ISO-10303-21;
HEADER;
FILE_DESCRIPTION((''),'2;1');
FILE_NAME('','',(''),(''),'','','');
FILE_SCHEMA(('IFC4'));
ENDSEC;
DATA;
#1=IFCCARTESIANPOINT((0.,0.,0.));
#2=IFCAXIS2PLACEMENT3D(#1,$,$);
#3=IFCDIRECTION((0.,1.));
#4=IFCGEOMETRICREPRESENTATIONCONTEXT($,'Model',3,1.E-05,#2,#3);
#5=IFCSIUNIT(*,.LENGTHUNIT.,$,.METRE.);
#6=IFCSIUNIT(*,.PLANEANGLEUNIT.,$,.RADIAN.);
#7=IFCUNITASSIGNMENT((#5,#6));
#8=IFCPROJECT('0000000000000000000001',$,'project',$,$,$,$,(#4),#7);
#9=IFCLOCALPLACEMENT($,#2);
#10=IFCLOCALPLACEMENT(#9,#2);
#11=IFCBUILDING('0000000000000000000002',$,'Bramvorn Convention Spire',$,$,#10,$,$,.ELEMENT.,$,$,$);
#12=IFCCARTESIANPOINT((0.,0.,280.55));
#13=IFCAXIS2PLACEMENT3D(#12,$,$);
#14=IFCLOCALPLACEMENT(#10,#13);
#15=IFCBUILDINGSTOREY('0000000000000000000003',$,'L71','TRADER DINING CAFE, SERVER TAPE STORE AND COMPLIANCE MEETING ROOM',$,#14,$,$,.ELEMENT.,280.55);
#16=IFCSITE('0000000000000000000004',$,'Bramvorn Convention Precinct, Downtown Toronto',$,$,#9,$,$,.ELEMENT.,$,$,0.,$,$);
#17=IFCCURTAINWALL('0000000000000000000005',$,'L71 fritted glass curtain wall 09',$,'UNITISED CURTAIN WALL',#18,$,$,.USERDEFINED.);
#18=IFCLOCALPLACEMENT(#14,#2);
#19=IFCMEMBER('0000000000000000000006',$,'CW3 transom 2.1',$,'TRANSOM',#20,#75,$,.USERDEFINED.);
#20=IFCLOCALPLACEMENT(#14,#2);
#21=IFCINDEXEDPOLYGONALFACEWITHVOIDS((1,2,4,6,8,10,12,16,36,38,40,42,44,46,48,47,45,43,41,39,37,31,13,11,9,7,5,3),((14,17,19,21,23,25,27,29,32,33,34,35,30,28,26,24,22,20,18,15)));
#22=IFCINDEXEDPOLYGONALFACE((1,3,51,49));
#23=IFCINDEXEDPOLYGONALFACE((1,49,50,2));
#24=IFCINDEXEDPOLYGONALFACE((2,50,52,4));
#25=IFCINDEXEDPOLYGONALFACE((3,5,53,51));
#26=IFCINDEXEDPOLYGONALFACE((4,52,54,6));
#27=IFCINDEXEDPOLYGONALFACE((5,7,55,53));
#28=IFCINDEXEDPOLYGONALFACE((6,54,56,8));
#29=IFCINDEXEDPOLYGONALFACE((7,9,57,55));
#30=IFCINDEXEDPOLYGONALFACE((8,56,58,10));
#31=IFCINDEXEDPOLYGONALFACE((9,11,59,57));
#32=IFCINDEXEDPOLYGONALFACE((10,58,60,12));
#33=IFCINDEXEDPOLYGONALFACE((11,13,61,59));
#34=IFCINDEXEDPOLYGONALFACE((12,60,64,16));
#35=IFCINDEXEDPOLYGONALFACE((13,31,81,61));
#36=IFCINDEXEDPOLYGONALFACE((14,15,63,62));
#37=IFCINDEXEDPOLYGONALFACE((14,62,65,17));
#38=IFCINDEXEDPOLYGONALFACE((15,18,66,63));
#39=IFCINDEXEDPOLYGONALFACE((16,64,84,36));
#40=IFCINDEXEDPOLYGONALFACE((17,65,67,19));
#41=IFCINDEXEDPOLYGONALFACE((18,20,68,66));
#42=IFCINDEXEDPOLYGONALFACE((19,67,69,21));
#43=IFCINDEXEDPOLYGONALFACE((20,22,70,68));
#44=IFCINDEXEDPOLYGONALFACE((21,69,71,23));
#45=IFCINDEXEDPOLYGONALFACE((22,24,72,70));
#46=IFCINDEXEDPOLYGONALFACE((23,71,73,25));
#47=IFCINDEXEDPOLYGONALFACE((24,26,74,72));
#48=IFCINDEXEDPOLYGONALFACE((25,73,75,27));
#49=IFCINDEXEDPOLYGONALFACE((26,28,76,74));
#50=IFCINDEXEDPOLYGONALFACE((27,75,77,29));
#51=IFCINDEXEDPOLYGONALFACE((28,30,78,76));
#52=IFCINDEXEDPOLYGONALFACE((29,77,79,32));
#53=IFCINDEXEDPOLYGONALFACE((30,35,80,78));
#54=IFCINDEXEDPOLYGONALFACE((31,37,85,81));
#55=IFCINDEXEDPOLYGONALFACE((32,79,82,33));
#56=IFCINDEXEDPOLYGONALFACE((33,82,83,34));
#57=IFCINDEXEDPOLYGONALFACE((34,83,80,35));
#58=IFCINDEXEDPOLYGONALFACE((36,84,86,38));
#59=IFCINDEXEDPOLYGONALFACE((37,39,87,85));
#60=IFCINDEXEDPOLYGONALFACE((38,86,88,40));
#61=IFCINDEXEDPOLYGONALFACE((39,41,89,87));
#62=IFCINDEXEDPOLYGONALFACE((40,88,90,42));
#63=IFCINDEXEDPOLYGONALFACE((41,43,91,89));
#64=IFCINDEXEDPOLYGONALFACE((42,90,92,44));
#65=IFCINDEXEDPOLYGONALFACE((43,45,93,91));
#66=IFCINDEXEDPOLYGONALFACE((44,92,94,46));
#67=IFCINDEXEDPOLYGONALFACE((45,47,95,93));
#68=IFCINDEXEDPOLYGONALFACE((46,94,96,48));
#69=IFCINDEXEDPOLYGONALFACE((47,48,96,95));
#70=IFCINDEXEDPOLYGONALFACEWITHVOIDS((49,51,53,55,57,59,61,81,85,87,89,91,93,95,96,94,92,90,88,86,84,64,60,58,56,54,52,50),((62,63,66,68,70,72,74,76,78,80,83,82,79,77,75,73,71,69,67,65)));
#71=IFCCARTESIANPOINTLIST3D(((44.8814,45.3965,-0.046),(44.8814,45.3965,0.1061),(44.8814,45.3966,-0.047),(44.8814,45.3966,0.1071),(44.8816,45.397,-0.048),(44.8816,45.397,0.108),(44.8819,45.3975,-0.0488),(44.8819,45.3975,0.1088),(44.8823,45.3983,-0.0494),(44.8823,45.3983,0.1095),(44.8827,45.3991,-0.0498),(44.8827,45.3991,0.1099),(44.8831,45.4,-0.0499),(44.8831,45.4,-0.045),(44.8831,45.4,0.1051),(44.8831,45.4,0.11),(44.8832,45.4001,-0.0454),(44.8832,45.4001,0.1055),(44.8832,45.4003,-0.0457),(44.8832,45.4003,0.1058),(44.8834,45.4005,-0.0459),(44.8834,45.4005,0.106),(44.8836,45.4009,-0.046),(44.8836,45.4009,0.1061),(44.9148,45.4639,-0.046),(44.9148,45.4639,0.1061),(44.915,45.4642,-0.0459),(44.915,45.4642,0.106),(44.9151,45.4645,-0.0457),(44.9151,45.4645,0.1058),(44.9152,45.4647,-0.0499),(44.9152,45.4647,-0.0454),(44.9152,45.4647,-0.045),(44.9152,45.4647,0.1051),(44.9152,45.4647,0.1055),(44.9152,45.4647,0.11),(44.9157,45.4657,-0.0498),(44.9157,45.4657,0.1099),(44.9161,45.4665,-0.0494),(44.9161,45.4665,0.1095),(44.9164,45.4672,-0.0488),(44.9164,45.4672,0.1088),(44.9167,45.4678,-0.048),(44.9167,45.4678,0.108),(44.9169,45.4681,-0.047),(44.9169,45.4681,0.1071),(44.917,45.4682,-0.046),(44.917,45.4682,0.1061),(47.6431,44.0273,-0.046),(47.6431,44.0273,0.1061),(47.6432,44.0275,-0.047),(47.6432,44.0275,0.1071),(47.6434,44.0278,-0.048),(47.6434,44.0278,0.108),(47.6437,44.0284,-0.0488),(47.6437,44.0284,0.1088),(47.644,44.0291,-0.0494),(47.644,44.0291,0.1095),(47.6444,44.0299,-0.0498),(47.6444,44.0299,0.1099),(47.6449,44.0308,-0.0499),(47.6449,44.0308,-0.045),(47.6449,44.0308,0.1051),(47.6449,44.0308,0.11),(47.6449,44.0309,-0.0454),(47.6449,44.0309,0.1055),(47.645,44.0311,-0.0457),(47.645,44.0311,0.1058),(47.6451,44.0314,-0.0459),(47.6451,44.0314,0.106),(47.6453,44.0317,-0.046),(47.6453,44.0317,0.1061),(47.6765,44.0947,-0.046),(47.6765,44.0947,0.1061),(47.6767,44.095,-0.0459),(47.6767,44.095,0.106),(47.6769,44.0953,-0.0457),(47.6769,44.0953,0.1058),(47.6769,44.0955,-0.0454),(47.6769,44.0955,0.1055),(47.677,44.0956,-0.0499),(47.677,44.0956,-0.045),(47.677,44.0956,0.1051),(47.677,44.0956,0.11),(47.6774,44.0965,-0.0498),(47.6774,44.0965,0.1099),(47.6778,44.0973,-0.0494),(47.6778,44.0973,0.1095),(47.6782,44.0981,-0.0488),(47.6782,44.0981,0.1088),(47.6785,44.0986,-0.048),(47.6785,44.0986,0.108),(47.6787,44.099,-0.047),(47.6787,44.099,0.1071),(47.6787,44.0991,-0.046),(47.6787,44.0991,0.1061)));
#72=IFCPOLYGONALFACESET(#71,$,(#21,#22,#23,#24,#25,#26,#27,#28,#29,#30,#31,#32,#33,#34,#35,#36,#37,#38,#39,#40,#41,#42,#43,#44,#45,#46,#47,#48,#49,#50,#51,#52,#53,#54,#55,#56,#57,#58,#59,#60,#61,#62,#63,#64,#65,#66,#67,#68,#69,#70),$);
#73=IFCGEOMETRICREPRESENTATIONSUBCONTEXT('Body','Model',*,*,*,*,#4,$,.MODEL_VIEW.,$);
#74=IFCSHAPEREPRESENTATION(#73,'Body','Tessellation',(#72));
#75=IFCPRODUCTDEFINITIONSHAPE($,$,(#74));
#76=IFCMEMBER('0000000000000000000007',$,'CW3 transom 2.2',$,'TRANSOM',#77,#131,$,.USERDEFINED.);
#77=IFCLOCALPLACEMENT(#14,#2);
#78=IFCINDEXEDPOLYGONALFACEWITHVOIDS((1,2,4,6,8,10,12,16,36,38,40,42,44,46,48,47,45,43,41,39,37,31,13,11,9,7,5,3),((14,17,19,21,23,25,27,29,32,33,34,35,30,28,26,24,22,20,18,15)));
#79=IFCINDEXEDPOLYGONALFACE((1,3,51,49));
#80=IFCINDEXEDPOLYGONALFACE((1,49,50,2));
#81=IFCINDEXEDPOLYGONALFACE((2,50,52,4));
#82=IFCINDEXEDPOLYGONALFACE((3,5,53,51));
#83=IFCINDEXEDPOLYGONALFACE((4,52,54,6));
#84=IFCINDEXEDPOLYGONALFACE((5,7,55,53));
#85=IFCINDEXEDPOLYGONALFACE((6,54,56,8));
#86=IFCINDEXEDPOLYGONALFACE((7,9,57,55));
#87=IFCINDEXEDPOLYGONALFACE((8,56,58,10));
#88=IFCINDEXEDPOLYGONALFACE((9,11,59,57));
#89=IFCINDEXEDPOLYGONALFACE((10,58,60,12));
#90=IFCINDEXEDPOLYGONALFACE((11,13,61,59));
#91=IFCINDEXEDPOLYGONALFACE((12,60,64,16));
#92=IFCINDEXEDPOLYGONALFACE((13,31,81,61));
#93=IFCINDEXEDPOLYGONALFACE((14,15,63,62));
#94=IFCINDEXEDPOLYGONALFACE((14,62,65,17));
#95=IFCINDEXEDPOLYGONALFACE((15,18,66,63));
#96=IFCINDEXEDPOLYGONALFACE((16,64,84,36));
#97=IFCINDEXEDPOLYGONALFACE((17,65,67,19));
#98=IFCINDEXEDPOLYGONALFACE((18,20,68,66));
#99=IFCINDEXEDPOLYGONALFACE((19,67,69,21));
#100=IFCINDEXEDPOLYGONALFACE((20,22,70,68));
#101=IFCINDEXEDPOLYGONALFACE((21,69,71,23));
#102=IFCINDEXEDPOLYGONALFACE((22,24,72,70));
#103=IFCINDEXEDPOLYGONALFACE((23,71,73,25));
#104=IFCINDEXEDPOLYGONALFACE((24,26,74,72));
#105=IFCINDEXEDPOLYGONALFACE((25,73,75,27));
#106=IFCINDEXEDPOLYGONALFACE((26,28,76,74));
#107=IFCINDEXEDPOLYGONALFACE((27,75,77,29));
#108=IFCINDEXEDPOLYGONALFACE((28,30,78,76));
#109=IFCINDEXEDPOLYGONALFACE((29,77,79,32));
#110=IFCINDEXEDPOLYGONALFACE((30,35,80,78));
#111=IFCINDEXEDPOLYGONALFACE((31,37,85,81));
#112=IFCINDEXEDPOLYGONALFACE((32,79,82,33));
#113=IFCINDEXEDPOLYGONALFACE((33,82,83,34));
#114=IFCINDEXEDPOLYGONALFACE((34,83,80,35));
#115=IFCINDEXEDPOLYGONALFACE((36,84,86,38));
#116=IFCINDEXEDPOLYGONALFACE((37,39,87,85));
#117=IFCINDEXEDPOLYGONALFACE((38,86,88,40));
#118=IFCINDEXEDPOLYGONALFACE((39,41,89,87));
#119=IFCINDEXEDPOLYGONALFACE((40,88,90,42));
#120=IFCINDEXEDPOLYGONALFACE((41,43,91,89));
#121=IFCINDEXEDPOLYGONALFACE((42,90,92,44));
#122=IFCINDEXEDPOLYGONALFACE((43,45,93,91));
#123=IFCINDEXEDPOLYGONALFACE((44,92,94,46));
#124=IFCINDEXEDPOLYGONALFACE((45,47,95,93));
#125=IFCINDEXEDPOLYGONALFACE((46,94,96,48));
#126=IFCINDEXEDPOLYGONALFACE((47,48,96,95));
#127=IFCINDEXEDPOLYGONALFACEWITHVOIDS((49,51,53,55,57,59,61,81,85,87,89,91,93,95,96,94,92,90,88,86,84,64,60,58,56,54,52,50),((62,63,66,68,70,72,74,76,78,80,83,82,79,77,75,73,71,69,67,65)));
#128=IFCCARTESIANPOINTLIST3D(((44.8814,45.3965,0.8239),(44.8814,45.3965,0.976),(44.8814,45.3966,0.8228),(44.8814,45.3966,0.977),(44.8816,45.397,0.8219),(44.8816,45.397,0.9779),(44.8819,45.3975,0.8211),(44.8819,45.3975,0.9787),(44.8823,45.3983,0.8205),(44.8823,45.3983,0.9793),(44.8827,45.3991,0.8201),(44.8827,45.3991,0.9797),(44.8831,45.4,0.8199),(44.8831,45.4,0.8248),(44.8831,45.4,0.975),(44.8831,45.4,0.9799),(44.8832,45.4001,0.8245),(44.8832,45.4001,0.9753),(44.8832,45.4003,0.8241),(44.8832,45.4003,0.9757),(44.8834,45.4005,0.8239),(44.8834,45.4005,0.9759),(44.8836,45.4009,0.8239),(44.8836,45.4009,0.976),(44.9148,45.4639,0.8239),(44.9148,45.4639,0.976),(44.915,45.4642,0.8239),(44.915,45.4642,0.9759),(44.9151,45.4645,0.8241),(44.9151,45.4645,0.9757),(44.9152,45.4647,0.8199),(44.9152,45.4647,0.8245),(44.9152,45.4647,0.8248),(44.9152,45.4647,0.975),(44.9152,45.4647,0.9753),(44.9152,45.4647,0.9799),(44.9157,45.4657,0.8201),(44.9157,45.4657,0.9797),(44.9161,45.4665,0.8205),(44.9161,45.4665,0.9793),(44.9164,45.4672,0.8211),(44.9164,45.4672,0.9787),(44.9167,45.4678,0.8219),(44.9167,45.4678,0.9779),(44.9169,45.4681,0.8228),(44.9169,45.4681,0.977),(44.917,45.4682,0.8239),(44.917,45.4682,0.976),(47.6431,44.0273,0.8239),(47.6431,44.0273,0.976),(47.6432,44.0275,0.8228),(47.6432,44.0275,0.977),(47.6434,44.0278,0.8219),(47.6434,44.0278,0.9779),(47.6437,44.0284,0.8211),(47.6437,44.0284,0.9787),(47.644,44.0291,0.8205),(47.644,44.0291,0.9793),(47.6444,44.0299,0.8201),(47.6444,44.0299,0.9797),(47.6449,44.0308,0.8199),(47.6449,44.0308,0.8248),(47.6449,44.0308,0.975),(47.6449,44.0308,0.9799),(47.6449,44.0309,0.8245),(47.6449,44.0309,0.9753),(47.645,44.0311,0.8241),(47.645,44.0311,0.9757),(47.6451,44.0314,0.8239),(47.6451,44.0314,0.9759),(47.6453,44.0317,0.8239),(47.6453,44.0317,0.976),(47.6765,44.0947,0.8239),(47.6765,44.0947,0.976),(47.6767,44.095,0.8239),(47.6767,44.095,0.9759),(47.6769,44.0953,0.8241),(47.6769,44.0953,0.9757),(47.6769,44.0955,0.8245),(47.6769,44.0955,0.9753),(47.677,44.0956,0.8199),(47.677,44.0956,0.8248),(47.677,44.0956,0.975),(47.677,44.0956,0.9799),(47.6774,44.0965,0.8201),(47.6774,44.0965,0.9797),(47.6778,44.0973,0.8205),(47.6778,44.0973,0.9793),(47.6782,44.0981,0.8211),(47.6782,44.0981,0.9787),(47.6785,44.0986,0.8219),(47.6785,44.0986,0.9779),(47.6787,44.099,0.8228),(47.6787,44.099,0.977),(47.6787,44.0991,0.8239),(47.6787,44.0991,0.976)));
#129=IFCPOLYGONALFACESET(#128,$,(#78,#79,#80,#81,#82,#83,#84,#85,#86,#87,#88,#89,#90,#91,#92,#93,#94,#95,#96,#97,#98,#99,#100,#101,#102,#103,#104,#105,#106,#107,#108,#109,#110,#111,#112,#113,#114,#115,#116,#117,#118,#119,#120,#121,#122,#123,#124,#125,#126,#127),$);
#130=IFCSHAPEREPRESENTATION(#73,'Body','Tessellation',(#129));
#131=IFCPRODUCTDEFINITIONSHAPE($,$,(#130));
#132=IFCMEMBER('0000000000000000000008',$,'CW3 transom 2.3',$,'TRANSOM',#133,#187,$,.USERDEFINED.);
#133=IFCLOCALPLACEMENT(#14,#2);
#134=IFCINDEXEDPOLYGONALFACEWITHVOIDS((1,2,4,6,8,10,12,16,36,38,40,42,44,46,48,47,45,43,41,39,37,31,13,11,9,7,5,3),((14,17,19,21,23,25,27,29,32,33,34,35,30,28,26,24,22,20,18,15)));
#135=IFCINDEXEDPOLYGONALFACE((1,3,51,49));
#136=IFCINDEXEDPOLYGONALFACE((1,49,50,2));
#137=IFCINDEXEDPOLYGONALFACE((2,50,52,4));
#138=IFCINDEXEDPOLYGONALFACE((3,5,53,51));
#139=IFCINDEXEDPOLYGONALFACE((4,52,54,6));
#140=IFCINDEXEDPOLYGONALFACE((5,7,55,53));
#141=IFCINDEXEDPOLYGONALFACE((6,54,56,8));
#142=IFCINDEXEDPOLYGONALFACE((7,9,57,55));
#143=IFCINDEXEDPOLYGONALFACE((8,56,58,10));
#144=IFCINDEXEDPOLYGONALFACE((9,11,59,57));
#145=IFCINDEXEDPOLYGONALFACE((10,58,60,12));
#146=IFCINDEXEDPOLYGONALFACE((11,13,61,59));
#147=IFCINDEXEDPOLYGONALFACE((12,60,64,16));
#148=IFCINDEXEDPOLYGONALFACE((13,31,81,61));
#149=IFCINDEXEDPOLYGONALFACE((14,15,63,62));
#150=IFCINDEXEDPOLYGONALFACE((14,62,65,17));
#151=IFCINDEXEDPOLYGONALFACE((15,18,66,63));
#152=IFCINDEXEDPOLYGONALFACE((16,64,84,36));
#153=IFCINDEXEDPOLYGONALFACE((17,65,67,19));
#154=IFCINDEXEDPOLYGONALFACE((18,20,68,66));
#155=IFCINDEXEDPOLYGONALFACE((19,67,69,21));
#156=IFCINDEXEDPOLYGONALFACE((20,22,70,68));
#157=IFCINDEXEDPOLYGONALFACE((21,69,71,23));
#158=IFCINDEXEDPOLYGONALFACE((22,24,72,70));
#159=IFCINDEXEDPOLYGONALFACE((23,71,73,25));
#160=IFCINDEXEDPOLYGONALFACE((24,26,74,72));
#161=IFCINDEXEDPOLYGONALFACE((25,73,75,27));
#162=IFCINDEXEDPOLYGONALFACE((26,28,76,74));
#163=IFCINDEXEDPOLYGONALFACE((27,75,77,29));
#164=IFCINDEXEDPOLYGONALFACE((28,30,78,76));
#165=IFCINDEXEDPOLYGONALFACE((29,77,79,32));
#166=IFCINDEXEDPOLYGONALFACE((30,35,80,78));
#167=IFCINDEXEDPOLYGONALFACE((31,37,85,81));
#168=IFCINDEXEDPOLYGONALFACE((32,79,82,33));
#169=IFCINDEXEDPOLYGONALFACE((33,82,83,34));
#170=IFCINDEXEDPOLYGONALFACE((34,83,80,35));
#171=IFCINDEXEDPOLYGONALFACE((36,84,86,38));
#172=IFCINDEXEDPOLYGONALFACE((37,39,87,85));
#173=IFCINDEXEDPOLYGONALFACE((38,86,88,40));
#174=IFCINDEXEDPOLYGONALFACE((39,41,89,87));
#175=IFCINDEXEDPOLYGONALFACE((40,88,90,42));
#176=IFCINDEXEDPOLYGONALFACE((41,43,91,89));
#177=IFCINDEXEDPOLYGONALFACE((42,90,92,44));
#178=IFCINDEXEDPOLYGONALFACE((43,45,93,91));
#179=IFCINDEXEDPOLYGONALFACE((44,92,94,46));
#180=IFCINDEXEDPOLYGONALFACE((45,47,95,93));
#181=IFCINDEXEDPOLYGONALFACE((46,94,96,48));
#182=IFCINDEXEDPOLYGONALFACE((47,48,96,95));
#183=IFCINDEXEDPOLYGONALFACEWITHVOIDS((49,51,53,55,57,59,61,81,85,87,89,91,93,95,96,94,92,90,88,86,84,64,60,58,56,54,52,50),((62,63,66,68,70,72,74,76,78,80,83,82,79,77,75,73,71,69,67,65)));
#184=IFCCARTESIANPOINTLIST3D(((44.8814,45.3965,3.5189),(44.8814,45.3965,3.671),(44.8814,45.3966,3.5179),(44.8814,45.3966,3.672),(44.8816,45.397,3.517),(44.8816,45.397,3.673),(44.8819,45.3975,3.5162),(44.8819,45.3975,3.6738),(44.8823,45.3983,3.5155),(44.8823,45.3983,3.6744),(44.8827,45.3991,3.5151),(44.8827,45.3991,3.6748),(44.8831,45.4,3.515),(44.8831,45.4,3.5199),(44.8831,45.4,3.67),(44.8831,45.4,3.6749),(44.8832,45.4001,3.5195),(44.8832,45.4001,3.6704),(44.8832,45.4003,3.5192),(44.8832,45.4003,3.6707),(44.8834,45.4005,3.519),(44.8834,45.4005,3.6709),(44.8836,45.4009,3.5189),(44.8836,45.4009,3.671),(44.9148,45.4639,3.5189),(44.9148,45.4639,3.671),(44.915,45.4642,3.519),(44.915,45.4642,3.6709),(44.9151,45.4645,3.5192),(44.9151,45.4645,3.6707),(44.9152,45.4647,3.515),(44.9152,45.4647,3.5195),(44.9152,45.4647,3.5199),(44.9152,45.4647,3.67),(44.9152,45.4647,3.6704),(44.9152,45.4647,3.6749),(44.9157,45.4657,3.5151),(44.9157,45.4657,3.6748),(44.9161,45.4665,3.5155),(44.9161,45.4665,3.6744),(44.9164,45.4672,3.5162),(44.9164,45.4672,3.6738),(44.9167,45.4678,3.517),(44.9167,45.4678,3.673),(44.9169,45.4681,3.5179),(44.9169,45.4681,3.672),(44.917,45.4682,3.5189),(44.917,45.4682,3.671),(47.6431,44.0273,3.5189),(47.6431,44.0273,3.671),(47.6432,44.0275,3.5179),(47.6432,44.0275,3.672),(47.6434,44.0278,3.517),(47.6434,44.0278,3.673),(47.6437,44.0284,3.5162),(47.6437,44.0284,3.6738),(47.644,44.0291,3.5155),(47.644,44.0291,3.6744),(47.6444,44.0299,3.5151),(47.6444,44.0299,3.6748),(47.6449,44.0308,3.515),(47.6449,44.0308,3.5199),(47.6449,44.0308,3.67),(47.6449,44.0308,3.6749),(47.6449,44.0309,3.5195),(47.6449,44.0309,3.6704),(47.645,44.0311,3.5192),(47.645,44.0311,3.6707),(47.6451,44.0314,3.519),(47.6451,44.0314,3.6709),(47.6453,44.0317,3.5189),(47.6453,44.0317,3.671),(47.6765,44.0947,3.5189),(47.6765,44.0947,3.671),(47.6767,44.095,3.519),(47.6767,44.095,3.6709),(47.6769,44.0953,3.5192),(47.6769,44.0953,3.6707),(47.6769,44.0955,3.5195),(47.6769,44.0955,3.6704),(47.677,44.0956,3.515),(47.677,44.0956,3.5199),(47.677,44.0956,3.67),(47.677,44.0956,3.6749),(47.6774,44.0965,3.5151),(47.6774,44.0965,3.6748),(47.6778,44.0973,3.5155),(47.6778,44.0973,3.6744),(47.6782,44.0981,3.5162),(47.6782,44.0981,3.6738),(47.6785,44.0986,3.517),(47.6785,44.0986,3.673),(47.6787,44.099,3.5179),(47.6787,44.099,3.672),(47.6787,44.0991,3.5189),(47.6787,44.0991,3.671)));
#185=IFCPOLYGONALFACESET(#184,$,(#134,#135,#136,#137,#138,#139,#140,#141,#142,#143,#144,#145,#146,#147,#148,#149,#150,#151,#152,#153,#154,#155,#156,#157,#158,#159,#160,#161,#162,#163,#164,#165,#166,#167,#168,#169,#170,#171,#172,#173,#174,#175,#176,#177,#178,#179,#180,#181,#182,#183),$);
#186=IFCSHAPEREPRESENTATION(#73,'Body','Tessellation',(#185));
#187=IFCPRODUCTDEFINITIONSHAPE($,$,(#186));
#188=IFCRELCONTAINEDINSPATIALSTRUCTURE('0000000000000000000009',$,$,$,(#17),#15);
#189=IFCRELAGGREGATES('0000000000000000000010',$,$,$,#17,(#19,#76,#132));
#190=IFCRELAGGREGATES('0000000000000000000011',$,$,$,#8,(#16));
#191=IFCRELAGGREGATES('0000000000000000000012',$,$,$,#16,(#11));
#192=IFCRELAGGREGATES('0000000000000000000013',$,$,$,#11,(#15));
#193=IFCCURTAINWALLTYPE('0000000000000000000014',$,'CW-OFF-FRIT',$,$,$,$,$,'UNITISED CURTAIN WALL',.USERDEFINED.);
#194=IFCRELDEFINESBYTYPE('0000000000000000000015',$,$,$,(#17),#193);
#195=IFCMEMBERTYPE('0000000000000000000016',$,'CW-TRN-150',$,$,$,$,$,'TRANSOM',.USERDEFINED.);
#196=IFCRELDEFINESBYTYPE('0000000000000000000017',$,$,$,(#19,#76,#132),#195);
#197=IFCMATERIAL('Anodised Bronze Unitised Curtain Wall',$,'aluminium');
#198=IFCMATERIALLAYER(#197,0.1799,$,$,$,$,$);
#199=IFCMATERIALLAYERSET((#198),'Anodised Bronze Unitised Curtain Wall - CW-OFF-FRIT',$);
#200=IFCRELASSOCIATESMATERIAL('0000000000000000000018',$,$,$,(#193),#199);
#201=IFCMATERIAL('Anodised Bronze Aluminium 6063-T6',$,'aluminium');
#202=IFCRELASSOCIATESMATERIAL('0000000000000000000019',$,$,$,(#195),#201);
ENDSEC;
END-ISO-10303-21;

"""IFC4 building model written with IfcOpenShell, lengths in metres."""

from ifc_helpers import new_model, si_unit, direction, frame, origin, origin_2d, place, context, subcontext, project, spatial, hollow_rectangle, extrude, material, layer, layer_set, material_profile, profile_set, type_object, element, aggregate, save


model = new_model("IFC4")

# Units and contexts
model_context = context("Model", 3, precision=1e-05, world=origin(), true_north=direction((0.0, 1.0)))
body_context = subcontext(model_context, "Body", "Model", "MODEL_VIEW")
ifc_project = project(units=[si_unit("LENGTHUNIT", "METRE"), si_unit("PLANEANGLEUNIT", "RADIAN")], contexts=[model_context])

# Site, building, storey
site_placement = place(None, origin())
site = spatial("IfcSite", under=ifc_project, at=site_placement, Name="Bramvorn Convention Precinct, Downtown Toronto", CompositionType="ELEMENT", RefElevation=0.0)
building_placement = place(site_placement, origin())
building = spatial("IfcBuilding", under=site, at=building_placement, Name="Bramvorn Convention Spire", CompositionType="ELEMENT")
storey_placement = place(building_placement, frame((0.0, 0.0, 280.55)))
storey = spatial("IfcBuildingStorey", under=building, at=storey_placement, Name="L71", Description="TRADER DINING CAFE, SERVER TAPE STORE AND COMPLIANCE MEETING ROOM", CompositionType="ELEMENT", Elevation=280.55)

# Curtain wall
ifc_material_1 = material(Name="Anodised Bronze Unitised Curtain Wall", Category="aluminium")
ifc_layer_1 = layer(ifc_material_1, 0.1799)
ifc_layer_set_1 = layer_set([ifc_layer_1], Name="Anodised Bronze Unitised Curtain Wall - CW-OFF-FRIT")
curtain_wall_type = type_object("IfcCurtainWallType", Name="CW-OFF-FRIT", ElementType="UNITISED CURTAIN WALL", PredefinedType="USERDEFINED", material=ifc_layer_set_1)
curtain_wall_1_placement = place(storey_placement, origin())
curtain_wall_1 = element("IfcCurtainWall", 1, at=curtain_wall_1_placement, inside=storey, type_object=curtain_wall_type, Name="L71 fritted glass curtain wall 09", ObjectType="UNITISED CURTAIN WALL", PredefinedType="USERDEFINED")
ifc_material_2 = material(Name="Anodised Bronze Aluminium 6063-T6", Category="aluminium")

# Members
ifc_material_profile_1 = material_profile(ifc_material_2, hollow_rectangle(XDim=0.0801, YDim=0.1599, WallThickness=0.0039, InnerFilletRadius=0.001, OuterFilletRadius=0.0039, at=origin_2d()))
ifc_profile_set_1 = profile_set([ifc_material_profile_1], Name="Anodised Bronze Aluminium 6063-T6 - CWT80X160")
member_type_1 = type_object("IfcMemberType", Name="CW-TRN-150", ElementType="TRANSOM", PredefinedType="USERDEFINED", material=ifc_profile_set_1)
member_1_placement = place(storey_placement, frame((44.8992, 45.4324, 0.03), z_axis=(0.895943, -0.44417, 0.0), x_axis=(0.44417, 0.895943, 0.0)))
member_1 = element("IfcMember", 2, at=member_1_placement, type_object=member_type_1, Name="CW3 transom 2.1", ObjectType="TRANSOM", PredefinedType="USERDEFINED", context=body_context, shape_type="SweptSolid", body=[
    extrude(hollow_rectangle(XDim=0.0801, YDim=0.1599, WallThickness=0.0039, InnerFilletRadius=0.001, OuterFilletRadius=0.0039, at=origin_2d()), origin(), (0.0, 0.0, 1.0), 3.0825),
])
member_2_placement = place(storey_placement, frame((44.8992, 45.4324, 0.8999), z_axis=(0.895943, -0.44417, 0.0), x_axis=(0.44417, 0.895943, 0.0)))
member_2 = element("IfcMember", 3, at=member_2_placement, type_object=member_type_1, Name="CW3 transom 2.2", ObjectType="TRANSOM", PredefinedType="USERDEFINED", context=body_context, shape_type="SweptSolid", body=[
    extrude(hollow_rectangle(XDim=0.0801, YDim=0.1599, WallThickness=0.0039, InnerFilletRadius=0.001, OuterFilletRadius=0.0039, at=origin_2d()), origin(), (0.0, 0.0, 1.0), 3.0825),
])
member_3_placement = place(storey_placement, frame((44.8992, 45.4324, 3.595), z_axis=(0.895943, -0.44417, 0.0), x_axis=(0.44417, 0.895943, 0.0)))
member_3 = element("IfcMember", 4, at=member_3_placement, type_object=member_type_1, Name="CW3 transom 2.3", ObjectType="TRANSOM", PredefinedType="USERDEFINED", context=body_context, shape_type="SweptSolid", body=[
    extrude(hollow_rectangle(XDim=0.0801, YDim=0.1599, WallThickness=0.0039, InnerFilletRadius=0.001, OuterFilletRadius=0.0039, at=origin_2d()), origin(), (0.0, 0.0, 1.0), 3.0825),
])

aggregate(curtain_wall_1, [member_1, member_2, member_3])

save(model, "model.ifc")
